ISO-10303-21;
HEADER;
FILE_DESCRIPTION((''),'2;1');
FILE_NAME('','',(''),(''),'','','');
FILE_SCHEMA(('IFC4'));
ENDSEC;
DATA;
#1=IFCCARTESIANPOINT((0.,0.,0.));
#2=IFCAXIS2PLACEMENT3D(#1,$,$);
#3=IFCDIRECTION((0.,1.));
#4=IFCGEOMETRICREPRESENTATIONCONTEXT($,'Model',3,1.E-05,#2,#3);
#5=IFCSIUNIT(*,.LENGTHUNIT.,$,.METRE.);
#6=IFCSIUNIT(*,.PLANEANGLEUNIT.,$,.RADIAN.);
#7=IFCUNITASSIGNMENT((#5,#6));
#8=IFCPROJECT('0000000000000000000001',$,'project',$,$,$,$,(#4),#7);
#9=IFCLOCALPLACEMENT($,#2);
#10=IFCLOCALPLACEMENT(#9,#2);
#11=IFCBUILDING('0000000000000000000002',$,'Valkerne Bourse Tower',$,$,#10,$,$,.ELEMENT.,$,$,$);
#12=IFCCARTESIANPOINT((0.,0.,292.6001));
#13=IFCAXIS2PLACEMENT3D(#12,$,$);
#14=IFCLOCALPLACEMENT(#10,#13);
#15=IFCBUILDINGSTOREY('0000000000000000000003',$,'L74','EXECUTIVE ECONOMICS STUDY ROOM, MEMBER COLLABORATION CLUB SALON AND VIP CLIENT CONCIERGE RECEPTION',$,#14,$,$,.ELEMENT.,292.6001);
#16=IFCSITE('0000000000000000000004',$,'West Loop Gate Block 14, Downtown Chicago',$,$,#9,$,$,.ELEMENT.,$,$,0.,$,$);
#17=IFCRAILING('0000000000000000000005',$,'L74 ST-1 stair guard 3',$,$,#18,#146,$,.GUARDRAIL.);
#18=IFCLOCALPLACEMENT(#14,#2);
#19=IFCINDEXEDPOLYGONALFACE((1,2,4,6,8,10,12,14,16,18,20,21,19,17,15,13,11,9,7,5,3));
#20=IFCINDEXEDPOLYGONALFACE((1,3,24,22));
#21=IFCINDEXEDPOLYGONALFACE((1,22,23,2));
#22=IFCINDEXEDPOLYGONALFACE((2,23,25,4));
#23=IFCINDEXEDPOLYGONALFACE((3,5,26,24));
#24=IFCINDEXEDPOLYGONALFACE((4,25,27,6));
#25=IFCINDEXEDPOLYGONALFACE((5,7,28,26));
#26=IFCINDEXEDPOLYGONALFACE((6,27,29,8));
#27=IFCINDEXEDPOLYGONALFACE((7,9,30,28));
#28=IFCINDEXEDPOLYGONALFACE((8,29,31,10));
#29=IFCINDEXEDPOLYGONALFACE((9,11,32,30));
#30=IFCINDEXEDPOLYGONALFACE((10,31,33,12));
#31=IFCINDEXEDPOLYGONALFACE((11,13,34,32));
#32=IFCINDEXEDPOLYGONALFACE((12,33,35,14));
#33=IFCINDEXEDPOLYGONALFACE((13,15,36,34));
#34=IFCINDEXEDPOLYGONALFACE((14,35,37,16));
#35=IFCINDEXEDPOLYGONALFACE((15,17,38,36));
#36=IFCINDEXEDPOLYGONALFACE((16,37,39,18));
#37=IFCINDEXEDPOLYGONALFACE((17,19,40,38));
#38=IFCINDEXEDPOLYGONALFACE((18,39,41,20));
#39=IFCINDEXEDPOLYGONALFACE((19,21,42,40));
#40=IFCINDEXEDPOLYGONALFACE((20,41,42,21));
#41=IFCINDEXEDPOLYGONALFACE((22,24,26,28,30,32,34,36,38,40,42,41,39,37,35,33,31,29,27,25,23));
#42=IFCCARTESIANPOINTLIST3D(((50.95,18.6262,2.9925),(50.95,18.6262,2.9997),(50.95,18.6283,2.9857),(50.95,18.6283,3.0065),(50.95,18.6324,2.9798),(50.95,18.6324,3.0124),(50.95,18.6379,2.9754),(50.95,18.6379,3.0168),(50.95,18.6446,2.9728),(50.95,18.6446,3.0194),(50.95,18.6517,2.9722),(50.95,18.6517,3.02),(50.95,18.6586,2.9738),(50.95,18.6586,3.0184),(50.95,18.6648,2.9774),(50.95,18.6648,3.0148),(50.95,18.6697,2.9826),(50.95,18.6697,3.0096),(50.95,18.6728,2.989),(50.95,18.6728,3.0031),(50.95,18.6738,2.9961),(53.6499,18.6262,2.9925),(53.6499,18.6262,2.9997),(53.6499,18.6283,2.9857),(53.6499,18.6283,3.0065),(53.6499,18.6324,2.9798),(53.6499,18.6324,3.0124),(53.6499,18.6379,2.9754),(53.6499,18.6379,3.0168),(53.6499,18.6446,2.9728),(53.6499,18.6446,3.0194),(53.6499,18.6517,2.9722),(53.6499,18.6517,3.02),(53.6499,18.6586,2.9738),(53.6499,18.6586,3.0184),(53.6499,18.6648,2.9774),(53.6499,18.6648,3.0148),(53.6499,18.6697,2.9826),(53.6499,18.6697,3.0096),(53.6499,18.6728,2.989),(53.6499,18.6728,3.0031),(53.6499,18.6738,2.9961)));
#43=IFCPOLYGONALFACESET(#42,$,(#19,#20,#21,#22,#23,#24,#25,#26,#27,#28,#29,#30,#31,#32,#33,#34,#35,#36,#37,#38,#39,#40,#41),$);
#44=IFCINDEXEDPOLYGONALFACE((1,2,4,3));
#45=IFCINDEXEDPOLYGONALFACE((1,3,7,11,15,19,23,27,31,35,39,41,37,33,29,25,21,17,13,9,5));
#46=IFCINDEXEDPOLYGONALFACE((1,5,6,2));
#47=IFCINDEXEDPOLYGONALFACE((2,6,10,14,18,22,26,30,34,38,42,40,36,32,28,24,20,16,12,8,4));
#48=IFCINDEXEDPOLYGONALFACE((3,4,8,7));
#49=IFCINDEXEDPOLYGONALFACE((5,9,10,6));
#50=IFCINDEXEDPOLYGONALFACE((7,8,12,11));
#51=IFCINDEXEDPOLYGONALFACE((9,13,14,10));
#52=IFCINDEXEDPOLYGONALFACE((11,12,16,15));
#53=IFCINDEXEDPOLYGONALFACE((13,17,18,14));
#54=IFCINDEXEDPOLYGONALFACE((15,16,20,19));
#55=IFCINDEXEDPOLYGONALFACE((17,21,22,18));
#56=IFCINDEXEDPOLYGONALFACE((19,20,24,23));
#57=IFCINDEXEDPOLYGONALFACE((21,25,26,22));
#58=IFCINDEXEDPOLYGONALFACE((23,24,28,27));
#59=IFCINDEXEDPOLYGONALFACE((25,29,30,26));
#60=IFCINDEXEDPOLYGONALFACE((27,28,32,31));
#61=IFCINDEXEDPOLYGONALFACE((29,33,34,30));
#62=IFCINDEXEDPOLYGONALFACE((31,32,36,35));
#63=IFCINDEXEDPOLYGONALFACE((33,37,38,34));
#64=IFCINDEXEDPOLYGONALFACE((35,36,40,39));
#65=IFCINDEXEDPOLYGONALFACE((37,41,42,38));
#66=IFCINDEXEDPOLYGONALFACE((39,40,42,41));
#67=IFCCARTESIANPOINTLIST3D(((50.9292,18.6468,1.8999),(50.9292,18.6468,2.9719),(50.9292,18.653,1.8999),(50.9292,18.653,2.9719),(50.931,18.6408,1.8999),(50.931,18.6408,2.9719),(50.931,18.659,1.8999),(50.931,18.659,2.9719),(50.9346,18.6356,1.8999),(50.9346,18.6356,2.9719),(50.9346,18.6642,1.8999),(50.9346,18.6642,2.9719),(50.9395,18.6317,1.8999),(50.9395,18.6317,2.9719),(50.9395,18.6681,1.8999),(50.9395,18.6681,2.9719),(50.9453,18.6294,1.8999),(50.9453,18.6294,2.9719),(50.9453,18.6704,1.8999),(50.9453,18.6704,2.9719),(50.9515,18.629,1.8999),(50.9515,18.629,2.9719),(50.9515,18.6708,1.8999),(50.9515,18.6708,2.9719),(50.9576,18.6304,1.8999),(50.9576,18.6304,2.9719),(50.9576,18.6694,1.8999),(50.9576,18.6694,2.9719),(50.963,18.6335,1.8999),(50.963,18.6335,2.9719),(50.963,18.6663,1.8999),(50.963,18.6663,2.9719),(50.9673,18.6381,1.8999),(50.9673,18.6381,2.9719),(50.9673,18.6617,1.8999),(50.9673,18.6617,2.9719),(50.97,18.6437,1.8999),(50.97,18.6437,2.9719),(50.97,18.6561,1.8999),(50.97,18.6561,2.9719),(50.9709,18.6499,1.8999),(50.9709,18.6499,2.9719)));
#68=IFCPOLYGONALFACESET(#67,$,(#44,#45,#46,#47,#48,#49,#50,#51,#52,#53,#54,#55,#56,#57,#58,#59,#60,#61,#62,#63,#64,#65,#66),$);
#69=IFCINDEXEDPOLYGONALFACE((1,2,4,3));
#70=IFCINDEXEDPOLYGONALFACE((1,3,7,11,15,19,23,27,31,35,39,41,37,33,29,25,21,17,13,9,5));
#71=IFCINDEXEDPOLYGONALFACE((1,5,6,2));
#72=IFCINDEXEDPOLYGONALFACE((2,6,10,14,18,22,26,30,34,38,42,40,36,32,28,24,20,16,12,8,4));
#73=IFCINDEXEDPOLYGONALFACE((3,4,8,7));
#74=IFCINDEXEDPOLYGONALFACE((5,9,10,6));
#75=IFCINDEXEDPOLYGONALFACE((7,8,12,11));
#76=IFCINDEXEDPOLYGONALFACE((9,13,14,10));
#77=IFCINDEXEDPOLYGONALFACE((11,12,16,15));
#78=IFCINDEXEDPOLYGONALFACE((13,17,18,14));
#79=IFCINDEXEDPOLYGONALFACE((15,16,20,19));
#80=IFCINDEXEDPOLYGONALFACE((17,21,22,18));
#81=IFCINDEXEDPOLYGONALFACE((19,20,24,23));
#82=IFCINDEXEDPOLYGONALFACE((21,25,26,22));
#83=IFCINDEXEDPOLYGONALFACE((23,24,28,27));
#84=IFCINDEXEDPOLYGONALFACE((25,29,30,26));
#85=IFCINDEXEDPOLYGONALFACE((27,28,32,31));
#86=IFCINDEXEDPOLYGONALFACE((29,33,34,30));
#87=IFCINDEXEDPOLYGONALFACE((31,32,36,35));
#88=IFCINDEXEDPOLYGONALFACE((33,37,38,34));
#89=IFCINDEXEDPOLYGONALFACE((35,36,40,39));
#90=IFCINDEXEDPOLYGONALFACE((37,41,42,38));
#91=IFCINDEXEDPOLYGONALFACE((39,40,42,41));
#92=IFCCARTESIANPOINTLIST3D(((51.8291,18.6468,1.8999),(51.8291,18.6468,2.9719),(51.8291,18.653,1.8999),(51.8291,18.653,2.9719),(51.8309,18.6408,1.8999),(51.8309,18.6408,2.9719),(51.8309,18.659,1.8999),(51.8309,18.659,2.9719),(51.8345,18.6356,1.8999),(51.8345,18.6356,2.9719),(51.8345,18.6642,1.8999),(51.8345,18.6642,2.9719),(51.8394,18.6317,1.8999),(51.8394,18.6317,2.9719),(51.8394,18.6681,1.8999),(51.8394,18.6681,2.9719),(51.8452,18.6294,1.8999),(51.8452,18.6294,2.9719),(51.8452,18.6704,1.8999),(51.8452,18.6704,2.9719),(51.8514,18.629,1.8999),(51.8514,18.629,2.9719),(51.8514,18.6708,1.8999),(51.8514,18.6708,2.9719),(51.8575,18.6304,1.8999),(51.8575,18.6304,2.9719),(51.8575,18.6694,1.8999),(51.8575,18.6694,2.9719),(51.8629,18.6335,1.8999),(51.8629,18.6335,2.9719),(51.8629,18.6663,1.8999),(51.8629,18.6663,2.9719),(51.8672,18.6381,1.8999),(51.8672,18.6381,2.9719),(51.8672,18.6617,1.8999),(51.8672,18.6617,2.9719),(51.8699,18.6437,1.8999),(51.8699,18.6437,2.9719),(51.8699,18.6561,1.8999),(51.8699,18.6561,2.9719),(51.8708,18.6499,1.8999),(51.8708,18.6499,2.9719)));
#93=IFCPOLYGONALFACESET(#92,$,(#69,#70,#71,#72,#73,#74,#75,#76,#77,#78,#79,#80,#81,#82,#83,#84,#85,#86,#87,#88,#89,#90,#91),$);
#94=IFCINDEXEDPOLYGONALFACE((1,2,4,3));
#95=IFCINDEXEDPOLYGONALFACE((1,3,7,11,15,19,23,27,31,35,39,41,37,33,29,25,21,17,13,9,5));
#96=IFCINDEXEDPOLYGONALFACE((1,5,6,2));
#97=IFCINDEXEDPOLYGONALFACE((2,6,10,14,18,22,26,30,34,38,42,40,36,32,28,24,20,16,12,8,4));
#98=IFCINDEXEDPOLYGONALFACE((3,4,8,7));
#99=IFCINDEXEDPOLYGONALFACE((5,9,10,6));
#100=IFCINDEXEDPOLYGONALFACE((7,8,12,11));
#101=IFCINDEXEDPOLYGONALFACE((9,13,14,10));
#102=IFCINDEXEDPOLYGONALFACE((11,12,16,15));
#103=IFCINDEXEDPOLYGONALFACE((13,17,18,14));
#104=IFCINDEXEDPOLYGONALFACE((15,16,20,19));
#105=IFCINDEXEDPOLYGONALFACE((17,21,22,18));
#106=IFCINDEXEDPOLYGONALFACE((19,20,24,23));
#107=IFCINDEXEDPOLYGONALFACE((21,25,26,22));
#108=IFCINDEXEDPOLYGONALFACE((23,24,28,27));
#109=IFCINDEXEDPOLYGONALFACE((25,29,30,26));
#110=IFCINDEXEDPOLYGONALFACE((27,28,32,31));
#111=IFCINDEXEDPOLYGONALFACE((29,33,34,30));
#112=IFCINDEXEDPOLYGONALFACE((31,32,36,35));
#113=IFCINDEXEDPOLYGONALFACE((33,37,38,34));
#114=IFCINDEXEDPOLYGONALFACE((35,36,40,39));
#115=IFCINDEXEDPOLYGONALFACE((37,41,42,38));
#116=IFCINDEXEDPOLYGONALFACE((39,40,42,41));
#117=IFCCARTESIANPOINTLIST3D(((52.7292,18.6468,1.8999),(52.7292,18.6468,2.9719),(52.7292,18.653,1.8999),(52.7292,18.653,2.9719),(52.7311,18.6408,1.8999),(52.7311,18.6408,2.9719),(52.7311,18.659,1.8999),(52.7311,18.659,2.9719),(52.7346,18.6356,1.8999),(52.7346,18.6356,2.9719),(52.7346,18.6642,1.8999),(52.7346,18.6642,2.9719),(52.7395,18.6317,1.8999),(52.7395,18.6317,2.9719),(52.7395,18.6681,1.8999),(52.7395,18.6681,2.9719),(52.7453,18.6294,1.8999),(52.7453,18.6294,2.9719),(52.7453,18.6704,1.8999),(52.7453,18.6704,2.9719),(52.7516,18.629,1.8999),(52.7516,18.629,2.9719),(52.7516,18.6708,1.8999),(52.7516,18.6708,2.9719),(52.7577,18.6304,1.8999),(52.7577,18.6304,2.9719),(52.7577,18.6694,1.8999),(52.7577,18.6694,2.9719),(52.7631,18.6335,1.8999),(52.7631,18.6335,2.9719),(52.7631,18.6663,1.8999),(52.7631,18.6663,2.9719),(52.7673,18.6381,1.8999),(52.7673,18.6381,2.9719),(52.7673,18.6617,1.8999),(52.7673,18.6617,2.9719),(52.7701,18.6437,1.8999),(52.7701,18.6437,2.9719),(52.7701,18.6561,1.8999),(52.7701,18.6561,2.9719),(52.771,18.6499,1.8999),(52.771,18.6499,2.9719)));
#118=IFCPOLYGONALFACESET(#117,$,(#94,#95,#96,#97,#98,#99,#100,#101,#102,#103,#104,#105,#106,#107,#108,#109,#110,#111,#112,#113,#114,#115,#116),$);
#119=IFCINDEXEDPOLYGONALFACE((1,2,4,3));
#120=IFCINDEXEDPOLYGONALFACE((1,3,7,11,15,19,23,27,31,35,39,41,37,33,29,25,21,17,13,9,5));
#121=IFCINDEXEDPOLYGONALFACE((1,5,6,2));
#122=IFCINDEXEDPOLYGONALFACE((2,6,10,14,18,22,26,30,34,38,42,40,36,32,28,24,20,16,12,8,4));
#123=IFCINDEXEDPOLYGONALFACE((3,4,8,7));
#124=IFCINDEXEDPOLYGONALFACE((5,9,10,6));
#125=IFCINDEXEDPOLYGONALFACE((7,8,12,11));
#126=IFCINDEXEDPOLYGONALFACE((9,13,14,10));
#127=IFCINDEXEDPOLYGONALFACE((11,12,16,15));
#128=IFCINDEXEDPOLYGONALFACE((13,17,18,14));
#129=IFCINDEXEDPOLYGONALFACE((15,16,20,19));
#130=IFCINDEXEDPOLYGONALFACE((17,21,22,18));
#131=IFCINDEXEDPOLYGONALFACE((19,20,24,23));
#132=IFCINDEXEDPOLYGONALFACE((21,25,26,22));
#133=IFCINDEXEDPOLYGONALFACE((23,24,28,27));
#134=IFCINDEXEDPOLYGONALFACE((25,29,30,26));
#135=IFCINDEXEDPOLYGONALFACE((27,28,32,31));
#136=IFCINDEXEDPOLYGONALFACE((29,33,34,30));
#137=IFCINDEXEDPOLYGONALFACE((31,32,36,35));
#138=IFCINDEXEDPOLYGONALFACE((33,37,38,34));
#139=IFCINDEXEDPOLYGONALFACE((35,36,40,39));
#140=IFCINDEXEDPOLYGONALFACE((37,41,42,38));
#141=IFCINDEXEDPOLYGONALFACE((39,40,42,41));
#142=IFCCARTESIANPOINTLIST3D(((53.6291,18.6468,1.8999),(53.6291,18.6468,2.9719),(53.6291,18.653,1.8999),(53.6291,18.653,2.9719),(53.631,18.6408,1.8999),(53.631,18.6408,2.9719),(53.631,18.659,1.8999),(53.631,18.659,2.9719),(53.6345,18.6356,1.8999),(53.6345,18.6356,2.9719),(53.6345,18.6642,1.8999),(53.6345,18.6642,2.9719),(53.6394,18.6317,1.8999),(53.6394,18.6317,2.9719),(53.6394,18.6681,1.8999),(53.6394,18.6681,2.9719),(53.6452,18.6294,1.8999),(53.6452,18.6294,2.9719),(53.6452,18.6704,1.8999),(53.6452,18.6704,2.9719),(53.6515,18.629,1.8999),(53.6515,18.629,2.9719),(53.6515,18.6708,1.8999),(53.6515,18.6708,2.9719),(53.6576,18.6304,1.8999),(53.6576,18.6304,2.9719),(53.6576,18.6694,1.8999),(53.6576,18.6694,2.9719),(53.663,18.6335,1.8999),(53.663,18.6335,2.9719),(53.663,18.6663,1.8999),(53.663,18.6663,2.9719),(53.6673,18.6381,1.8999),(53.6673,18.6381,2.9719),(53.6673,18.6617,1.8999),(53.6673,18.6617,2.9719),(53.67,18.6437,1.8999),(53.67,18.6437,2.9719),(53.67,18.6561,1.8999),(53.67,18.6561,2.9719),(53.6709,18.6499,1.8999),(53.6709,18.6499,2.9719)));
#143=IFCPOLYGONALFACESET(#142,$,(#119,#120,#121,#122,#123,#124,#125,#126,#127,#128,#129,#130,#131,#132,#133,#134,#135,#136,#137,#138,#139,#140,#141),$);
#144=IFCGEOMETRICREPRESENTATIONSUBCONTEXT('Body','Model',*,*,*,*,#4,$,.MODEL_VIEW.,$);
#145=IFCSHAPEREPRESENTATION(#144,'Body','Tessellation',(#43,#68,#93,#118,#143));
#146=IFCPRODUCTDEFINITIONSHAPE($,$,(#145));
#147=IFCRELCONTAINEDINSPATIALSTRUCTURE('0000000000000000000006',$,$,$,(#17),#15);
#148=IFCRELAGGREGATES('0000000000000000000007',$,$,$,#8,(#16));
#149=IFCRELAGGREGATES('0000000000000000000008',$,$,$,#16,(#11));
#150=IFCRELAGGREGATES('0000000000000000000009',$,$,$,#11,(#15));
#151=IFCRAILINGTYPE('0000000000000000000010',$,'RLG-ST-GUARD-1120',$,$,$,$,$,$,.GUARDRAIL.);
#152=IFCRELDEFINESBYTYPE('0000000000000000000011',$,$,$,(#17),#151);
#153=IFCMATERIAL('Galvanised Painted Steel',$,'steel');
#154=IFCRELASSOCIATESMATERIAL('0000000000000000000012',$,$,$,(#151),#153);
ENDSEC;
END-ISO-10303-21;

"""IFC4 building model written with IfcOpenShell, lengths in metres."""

from ifc_helpers import new_model, si_unit, direction, frame, origin, origin_2d, place, context, subcontext, project, spatial, circle, extrude, material, type_object, element, save


model = new_model("IFC4")

# Units and contexts
model_context = context("Model", 3, precision=1e-05, world=origin(), true_north=direction((0.0, 1.0)))
body_context = subcontext(model_context, "Body", "Model", "MODEL_VIEW")
ifc_project = project(units=[si_unit("LENGTHUNIT", "METRE"), si_unit("PLANEANGLEUNIT", "RADIAN")], contexts=[model_context])

# Site, building, storey
site_placement = place(None, origin())
site = spatial("IfcSite", under=ifc_project, at=site_placement, Name="West Loop Gate Block 14, Downtown Chicago", CompositionType="ELEMENT", RefElevation=0.0)
building_placement = place(site_placement, origin())
building = spatial("IfcBuilding", under=site, at=building_placement, Name="Valkerne Bourse Tower", CompositionType="ELEMENT")
storey_placement = place(building_placement, frame((0.0, 0.0, 292.6001)))
storey = spatial("IfcBuildingStorey", under=building, at=storey_placement, Name="L74", Description="EXECUTIVE ECONOMICS STUDY ROOM, MEMBER COLLABORATION CLUB SALON AND VIP CLIENT CONCIERGE RECEPTION", CompositionType="ELEMENT", Elevation=292.6001)

# Shared definitions
ifc_material_1 = material(Name="Galvanised Painted Steel", Category="steel")

# Railing
railing_type_1 = type_object("IfcRailingType", Name="RLG-ST-GUARD-1120", PredefinedType="GUARDRAIL", material=ifc_material_1)
for number, where, name in (
    (1, (50.95, 18.6499, 1.8999), "L74 ST-1 stair guard 3"),
):
    element("IfcRailing", number, at=place(storey_placement, frame(where)), inside=storey, type_object=railing_type_1, Name=name, PredefinedType="GUARDRAIL", context=body_context, shape_type="SweptSolid", body=[
        extrude(circle(Radius=0.0239, at=origin_2d()), frame((0.0, 0.0, 1.0962), z_axis=(1.0, 0.0, 0.0), x_axis=(0.0, 1.0, 0.0)), (0.0, 0.0, 1.0), 2.7),
        extrude(circle(Radius=0.021, at=origin_2d()), origin(), (0.0, 0.0, 1.0), 1.072),
        extrude(circle(Radius=0.021, at=origin_2d()), frame((0.8999, 0.0, 0.0)), (0.0, 0.0, 1.0), 1.072),
        extrude(circle(Radius=0.021, at=origin_2d()), frame((1.8, 0.0, 0.0)), (0.0, 0.0, 1.0), 1.072),
        extrude(circle(Radius=0.021, at=origin_2d()), frame((2.7, 0.0, 0.0)), (0.0, 0.0, 1.0), 1.072),
    ])

save(model, "model.ifc")
